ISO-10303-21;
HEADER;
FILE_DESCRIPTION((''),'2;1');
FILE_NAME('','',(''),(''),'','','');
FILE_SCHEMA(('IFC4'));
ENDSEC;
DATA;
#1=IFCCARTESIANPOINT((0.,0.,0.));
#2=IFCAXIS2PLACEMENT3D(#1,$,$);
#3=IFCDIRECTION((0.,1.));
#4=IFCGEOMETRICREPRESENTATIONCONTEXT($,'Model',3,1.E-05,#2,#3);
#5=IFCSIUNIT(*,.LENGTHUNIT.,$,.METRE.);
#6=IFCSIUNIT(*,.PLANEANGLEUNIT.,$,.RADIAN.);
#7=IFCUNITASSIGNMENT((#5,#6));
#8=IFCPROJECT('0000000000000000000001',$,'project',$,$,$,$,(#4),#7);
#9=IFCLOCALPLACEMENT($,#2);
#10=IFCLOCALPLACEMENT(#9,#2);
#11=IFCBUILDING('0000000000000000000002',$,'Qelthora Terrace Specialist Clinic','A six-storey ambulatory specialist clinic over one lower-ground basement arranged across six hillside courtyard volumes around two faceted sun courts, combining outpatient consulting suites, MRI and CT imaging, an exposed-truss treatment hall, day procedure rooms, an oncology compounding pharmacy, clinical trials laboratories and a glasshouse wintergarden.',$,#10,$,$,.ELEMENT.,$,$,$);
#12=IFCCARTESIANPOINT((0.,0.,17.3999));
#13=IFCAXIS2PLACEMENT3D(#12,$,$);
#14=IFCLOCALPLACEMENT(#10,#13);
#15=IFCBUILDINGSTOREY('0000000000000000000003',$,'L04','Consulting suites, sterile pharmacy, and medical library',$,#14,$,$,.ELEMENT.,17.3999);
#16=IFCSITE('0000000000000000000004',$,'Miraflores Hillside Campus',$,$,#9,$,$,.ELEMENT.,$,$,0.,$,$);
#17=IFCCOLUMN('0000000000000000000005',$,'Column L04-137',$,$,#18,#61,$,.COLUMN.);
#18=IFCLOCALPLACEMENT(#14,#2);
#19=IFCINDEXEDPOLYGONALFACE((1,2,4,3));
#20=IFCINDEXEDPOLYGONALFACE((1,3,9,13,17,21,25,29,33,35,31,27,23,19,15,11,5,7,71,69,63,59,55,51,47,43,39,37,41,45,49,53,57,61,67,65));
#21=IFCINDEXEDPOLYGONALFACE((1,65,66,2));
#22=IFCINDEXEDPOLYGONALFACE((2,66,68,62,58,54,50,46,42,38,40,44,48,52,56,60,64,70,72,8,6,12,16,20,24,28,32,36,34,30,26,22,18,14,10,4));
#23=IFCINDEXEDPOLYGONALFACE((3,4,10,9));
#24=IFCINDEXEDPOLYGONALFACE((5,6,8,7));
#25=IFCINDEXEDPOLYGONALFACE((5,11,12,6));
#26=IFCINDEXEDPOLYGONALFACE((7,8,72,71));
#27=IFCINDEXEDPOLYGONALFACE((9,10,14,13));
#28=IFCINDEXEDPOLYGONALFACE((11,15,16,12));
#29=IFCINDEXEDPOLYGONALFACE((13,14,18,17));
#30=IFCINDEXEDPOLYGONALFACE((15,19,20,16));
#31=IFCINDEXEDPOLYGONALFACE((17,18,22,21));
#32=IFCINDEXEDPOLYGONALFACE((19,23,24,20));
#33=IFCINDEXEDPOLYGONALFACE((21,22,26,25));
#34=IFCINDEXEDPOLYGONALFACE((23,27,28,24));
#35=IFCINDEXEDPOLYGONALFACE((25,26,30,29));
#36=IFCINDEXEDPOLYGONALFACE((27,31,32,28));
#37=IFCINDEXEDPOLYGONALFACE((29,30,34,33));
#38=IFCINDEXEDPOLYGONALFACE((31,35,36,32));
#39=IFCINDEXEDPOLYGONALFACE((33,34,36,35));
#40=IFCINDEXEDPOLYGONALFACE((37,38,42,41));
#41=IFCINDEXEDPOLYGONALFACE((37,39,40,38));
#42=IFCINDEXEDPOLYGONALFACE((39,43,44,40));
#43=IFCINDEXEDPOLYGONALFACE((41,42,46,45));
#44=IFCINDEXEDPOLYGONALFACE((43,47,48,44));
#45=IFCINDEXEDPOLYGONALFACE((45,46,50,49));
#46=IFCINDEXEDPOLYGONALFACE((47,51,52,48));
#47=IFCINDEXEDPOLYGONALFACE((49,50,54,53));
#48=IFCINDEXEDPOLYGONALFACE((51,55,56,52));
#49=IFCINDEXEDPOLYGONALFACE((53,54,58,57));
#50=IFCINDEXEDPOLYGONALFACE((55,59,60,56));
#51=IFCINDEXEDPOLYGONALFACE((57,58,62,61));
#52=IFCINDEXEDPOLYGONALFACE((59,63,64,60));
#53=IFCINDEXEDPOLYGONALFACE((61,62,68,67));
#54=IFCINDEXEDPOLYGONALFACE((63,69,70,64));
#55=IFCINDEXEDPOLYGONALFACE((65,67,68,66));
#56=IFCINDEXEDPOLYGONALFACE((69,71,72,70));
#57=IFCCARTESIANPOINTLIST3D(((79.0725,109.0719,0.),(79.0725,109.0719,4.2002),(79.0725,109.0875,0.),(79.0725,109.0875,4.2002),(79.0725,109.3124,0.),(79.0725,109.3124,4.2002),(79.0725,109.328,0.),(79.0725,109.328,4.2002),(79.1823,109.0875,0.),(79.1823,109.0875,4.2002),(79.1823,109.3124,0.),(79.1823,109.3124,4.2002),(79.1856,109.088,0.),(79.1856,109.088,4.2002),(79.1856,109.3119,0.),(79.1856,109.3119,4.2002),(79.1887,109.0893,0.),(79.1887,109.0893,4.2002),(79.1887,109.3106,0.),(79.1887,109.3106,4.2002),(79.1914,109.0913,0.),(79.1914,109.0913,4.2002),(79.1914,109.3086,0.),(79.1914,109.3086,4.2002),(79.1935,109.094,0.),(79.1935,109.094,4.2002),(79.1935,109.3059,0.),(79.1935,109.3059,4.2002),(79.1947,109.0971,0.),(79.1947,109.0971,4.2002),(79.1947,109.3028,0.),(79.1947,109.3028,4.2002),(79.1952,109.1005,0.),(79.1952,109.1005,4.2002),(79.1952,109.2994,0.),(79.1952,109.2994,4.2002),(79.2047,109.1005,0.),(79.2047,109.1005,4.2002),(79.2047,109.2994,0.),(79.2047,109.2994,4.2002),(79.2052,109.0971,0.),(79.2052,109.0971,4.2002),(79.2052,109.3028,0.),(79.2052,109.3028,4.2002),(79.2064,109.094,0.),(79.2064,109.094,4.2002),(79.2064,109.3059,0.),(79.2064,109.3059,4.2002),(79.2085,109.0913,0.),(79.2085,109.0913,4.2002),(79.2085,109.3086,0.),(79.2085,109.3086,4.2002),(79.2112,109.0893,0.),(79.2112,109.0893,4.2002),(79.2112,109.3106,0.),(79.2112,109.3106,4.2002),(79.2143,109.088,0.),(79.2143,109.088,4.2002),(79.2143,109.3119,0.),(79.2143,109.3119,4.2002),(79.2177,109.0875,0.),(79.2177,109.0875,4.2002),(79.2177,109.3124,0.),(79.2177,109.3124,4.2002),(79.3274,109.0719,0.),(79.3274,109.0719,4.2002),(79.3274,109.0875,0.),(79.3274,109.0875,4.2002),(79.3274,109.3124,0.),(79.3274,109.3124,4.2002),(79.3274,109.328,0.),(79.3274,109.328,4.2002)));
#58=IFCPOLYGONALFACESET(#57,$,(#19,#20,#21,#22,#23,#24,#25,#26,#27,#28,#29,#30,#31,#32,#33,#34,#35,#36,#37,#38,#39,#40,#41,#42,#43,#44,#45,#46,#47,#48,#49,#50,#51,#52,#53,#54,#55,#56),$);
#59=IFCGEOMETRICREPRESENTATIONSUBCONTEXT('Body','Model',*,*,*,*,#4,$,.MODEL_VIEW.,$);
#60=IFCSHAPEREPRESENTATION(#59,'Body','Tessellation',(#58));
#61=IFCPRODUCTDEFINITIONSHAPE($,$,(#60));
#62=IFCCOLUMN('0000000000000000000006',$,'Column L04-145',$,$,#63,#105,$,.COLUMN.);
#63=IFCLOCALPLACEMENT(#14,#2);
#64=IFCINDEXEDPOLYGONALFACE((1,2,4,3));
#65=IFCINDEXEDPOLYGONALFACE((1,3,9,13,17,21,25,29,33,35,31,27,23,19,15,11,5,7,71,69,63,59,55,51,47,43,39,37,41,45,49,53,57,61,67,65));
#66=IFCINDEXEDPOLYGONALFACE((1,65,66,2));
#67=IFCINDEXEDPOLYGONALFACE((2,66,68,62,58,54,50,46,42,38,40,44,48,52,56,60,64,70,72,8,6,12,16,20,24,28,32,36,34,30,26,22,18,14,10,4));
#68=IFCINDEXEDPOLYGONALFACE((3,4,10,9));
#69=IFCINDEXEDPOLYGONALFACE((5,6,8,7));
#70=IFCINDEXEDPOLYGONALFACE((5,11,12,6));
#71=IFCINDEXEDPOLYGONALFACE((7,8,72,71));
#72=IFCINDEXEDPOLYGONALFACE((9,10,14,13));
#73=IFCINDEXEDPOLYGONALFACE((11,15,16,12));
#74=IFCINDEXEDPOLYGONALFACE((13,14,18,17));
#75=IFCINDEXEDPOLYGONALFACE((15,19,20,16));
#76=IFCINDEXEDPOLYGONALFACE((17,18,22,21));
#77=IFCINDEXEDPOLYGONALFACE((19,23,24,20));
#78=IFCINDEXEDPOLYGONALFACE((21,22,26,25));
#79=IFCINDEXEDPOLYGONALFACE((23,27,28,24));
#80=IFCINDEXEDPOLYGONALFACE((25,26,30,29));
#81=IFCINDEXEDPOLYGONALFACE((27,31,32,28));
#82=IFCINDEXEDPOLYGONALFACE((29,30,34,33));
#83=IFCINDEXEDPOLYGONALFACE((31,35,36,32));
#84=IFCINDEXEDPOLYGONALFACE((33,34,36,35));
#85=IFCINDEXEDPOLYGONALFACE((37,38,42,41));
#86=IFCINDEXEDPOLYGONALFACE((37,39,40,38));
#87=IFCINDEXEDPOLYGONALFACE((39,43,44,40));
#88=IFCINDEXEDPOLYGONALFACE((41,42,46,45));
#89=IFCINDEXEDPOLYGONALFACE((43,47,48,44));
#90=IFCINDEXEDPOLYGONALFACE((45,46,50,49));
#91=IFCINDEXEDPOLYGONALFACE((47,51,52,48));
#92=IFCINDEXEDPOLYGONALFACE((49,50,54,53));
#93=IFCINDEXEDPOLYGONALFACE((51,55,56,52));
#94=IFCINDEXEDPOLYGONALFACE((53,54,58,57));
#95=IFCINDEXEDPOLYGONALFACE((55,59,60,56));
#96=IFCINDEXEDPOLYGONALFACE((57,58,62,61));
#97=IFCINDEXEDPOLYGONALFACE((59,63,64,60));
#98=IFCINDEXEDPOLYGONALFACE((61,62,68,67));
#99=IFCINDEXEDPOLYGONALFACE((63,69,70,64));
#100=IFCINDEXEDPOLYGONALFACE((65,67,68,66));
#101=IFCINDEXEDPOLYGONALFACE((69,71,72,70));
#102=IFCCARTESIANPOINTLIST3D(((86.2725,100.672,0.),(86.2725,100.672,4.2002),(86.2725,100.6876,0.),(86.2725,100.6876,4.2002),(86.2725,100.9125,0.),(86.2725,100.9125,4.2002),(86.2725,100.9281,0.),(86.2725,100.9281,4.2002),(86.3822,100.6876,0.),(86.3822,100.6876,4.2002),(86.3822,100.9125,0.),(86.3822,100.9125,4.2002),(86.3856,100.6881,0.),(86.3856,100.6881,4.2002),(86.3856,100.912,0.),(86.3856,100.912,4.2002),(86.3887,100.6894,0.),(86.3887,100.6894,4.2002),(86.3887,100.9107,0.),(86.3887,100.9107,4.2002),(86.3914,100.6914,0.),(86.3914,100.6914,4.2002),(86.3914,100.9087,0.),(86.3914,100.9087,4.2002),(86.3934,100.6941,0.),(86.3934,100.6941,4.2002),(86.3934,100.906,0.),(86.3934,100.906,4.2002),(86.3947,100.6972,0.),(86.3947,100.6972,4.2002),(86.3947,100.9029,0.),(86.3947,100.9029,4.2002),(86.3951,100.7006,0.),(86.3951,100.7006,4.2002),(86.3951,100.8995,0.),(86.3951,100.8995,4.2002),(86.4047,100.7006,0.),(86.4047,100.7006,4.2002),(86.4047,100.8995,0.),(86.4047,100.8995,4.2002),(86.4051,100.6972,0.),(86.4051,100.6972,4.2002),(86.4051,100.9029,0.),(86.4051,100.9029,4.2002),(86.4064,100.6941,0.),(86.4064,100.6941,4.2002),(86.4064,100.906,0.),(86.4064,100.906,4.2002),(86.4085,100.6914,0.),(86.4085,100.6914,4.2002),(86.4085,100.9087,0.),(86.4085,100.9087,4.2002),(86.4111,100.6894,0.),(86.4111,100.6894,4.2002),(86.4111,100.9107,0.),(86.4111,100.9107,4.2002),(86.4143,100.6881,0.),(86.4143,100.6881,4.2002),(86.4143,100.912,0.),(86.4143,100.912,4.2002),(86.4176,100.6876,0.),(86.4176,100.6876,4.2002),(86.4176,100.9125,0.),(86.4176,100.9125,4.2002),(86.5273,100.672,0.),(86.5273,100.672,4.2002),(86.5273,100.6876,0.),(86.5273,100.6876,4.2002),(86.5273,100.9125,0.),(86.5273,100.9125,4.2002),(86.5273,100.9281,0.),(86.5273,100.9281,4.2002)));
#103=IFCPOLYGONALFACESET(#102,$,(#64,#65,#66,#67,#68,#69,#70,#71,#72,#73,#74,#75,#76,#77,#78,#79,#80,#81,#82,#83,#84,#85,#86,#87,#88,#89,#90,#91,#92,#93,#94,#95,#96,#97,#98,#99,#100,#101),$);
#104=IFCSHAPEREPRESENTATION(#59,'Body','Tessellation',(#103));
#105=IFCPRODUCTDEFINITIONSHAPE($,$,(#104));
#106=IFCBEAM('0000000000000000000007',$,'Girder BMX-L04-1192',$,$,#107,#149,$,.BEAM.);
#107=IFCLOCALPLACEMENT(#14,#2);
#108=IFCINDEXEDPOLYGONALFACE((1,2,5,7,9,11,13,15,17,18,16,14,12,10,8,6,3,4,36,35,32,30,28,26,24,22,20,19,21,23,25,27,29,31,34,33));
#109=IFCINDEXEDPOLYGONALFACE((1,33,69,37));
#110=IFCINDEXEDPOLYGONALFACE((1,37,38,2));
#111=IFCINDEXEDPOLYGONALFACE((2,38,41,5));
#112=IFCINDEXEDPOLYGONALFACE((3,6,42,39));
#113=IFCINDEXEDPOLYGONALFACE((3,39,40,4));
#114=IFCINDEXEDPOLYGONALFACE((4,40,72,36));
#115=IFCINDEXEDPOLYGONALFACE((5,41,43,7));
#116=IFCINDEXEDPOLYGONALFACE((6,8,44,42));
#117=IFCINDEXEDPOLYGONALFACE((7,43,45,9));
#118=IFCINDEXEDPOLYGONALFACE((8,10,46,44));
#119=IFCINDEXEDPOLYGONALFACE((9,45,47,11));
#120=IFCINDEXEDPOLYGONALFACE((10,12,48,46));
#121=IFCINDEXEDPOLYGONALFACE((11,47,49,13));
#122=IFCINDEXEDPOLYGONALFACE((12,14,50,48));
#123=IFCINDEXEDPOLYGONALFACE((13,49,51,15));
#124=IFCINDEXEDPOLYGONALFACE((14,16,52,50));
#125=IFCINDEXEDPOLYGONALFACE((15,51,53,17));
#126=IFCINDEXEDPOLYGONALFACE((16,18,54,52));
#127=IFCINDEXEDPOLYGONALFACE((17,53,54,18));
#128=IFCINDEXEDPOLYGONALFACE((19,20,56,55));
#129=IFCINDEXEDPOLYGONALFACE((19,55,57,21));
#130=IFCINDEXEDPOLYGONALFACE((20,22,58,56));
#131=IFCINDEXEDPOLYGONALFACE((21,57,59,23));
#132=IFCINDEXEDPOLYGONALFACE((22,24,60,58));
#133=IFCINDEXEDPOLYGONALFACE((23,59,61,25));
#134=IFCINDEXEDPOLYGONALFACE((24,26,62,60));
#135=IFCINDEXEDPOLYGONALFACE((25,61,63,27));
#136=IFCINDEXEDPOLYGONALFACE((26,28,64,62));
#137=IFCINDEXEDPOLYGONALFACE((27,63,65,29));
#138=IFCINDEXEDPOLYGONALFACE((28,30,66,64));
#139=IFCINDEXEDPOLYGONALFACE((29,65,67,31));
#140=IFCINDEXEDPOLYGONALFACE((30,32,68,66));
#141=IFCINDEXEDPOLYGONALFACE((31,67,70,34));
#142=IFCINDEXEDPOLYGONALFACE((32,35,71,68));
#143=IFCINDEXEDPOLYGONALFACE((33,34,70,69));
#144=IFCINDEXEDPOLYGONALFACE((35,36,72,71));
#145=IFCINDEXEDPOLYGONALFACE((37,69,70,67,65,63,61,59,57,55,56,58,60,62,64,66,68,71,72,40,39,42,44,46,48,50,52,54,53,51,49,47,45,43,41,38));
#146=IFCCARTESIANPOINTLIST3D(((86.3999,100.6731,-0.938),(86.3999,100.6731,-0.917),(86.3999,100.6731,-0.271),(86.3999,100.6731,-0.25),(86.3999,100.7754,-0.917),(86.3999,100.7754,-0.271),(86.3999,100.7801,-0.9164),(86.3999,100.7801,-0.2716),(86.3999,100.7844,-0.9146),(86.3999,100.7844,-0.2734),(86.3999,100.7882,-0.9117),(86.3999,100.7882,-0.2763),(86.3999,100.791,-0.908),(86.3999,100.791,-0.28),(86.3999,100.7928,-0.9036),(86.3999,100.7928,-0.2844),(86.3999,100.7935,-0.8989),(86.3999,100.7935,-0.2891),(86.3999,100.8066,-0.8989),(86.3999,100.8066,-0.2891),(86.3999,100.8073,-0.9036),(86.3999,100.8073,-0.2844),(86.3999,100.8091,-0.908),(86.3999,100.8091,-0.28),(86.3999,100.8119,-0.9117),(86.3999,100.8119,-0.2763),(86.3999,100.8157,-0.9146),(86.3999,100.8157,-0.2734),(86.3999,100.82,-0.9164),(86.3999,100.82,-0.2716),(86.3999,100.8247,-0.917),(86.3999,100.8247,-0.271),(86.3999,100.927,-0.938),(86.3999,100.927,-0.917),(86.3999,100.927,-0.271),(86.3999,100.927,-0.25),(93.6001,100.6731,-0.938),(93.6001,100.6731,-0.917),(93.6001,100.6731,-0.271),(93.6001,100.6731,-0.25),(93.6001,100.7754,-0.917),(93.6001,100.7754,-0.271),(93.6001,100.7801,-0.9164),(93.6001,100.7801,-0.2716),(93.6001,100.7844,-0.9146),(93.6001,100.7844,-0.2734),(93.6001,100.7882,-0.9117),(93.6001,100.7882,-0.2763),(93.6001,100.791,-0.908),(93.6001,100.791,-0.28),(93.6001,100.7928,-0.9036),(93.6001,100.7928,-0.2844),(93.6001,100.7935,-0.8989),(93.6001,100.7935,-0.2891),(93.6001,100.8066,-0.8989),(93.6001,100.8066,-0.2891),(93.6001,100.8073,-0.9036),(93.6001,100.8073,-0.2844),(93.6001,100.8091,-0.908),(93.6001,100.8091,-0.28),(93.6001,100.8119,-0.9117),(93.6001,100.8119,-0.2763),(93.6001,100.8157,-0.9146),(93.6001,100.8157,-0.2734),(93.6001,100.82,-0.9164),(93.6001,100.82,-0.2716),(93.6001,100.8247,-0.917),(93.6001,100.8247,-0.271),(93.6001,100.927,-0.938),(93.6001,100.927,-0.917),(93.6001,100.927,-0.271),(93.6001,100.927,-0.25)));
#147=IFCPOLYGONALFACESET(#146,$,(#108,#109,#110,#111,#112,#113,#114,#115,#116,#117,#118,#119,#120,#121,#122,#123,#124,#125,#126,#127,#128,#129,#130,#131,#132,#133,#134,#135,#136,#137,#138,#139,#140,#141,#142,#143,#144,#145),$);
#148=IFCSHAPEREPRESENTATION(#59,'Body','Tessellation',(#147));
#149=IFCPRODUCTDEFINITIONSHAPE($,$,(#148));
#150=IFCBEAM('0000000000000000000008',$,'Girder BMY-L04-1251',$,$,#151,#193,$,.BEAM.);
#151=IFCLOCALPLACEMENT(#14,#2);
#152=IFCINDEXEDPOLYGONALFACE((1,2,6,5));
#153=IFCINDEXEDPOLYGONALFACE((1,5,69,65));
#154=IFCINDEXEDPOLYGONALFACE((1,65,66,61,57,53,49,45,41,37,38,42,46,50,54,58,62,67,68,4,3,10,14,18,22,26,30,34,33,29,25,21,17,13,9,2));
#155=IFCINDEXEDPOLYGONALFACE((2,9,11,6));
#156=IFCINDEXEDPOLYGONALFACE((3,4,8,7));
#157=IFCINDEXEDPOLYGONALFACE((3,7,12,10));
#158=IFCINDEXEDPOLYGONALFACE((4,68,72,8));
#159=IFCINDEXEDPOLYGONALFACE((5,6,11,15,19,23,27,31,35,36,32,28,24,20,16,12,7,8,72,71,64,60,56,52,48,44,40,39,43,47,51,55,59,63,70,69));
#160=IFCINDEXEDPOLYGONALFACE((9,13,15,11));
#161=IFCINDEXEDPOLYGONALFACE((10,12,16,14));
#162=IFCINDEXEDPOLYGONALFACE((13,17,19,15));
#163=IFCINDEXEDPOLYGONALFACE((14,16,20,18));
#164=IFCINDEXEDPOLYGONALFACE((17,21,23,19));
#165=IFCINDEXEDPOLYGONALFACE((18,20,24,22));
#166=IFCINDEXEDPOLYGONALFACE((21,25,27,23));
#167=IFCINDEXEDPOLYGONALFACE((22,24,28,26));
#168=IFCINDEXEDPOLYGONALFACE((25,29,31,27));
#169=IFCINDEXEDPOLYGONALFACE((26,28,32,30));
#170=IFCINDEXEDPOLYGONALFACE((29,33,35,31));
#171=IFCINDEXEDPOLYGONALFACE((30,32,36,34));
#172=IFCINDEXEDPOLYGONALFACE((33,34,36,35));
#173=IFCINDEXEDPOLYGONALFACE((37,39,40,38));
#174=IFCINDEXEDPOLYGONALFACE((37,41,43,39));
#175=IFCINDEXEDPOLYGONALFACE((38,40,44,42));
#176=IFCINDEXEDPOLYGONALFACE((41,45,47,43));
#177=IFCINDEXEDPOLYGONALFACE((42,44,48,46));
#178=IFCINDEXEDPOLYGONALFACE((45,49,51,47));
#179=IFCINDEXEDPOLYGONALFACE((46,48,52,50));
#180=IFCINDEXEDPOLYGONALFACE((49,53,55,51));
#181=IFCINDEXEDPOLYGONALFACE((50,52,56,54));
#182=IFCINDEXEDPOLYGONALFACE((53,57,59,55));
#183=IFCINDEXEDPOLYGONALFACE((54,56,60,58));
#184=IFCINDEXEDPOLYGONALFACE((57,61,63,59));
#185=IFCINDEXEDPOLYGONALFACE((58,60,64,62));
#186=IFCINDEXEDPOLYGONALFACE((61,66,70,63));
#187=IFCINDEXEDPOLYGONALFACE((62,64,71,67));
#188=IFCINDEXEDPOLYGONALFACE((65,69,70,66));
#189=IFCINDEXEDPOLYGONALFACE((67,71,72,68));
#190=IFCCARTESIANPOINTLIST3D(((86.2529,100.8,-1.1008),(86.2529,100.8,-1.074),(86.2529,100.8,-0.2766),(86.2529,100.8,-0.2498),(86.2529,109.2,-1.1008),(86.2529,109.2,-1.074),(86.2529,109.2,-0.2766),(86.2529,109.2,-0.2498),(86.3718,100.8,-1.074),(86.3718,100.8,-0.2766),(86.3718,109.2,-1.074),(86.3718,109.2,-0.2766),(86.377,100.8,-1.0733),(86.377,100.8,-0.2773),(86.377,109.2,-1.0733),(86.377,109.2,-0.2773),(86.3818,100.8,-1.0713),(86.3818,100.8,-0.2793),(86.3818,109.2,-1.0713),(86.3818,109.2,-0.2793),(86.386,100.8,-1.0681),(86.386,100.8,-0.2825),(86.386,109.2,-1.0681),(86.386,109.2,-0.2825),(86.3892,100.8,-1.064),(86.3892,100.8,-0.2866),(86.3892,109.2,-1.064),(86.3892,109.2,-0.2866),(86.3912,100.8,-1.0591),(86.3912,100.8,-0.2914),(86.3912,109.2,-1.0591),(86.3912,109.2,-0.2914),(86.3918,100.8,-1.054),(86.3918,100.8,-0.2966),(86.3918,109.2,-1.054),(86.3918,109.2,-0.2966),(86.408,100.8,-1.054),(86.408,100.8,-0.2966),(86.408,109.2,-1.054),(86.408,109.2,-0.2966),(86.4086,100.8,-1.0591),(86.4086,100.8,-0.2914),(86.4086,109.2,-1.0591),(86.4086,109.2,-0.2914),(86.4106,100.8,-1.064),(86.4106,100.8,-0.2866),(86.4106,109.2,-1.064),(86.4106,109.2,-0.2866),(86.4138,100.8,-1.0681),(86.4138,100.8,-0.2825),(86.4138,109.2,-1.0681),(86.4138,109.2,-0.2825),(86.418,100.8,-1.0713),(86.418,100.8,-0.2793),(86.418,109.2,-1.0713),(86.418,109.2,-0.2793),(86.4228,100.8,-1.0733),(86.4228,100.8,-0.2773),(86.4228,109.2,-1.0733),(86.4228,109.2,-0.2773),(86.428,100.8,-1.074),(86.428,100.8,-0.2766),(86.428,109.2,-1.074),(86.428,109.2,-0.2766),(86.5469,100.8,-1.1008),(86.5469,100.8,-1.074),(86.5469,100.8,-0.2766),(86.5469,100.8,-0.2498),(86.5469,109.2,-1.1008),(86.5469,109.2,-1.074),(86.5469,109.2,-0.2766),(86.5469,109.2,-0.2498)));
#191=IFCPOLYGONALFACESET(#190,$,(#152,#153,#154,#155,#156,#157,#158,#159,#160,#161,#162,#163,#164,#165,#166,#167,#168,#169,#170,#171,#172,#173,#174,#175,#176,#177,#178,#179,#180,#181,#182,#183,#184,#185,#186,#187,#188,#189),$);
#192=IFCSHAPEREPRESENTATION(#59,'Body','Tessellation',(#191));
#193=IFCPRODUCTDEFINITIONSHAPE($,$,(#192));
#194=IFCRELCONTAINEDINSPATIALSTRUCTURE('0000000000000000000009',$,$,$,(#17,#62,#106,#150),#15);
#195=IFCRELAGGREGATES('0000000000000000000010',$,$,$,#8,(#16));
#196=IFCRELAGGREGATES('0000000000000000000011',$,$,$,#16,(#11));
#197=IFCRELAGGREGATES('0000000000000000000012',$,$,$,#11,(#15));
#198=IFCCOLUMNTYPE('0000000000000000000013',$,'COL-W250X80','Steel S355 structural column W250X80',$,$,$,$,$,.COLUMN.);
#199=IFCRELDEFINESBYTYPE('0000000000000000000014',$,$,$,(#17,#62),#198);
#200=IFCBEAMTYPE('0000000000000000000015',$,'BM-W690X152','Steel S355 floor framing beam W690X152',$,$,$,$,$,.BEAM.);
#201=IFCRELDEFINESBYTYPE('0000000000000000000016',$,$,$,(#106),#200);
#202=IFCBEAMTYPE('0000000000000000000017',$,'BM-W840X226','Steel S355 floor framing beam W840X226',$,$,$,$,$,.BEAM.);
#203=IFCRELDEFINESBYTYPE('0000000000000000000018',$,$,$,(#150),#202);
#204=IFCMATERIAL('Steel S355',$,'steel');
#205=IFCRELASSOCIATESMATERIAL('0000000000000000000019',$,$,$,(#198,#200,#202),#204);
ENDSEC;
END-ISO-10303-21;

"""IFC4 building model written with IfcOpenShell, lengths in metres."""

from ifc_helpers import new_model, si_unit, direction, frame, origin, origin_2d, place, context, subcontext, project, spatial, i_section, extrude, material, material_profile, profile_set, type_object, element, save


model = new_model("IFC4")

# Units and contexts
model_context = context("Model", 3, precision=1e-05, world=origin(), true_north=direction((0.0, 1.0)))
body_context = subcontext(model_context, "Body", "Model", "MODEL_VIEW")
ifc_project = project(units=[si_unit("LENGTHUNIT", "METRE"), si_unit("PLANEANGLEUNIT", "RADIAN")], contexts=[model_context])

# Site, building, storey
site_placement = place(None, origin())
site = spatial("IfcSite", under=ifc_project, at=site_placement, Name="Miraflores Hillside Campus", CompositionType="ELEMENT", RefElevation=0.0)
building_placement = place(site_placement, origin())
building = spatial("IfcBuilding", under=site, at=building_placement, Name="Qelthora Terrace Specialist Clinic", Description="A six-storey ambulatory specialist clinic over one lower-ground basement arranged across six hillside courtyard volumes around two faceted sun courts, combining outpatient consulting suites, MRI and CT imaging, an exposed-truss treatment hall, day procedure rooms, an oncology compounding pharmacy, clinical trials laboratories and a glasshouse wintergarden.", CompositionType="ELEMENT")
storey_placement = place(building_placement, frame((0.0, 0.0, 17.3999)))
storey = spatial("IfcBuildingStorey", under=building, at=storey_placement, Name="L04", Description="Consulting suites, sterile pharmacy, and medical library", CompositionType="ELEMENT", Elevation=17.3999)

# Columns
ifc_material_1 = material(Name="Steel S355", Category="steel")
ifc_material_profile_1 = material_profile(ifc_material_1, i_section(OverallWidth=0.2549, OverallDepth=0.2561, WebThickness=0.0095, FlangeThickness=0.0156, FilletRadius=0.0129, at=origin_2d()), Name="W250X80")
ifc_profile_set_1 = profile_set([ifc_material_profile_1], Name="Steel S355")
column_type = type_object("IfcColumnType", Name="COL-W250X80", Description="Steel S355 structural column W250X80", PredefinedType="COLUMN", material=ifc_profile_set_1)
for number, where, z_axis, x_axis, name in (
    (1, (79.2, 109.2, 0.0), (0.0, 0.0, 1.0), (1.0, 0.0, 0.0), "Column L04-137"),
    (2, (86.3999, 100.8, 0.0), (0.0, 0.0, 1.0), (1.0, 0.0, 0.0), "Column L04-145"),
):
    element("IfcColumn", number, at=place(storey_placement, frame(where, z_axis=z_axis, x_axis=x_axis)), inside=storey, type_object=column_type, Name=name, PredefinedType="COLUMN", context=body_context, shape_type="SweptSolid", body=[
        extrude(i_section(OverallWidth=0.2549, OverallDepth=0.2561, WebThickness=0.0095, FlangeThickness=0.0156, FilletRadius=0.0129, at=origin_2d()), origin(), (0.0, 0.0, 1.0), 4.2002),
    ])

# Beams
ifc_material_profile_2 = material_profile(ifc_material_1, i_section(OverallWidth=0.2539, OverallDepth=0.688, WebThickness=0.0132, FlangeThickness=0.021, FilletRadius=0.0181, at=origin_2d()), Name="W690X152")
ifc_profile_set_2 = profile_set([ifc_material_profile_2], Name="Steel S355")
beam_type_1 = type_object("IfcBeamType", Name="BM-W690X152", Description="Steel S355 floor framing beam W690X152", PredefinedType="BEAM", material=ifc_profile_set_2)
beam_1_placement = place(storey_placement, frame((86.3999, 100.8, -0.594), z_axis=(1.0, 0.0, 0.0), x_axis=(0.0, 1.0, 0.0)))
element("IfcBeam", 3, at=beam_1_placement, inside=storey, type_object=beam_type_1, Name="Girder BMX-L04-1192", PredefinedType="BEAM", context=body_context, shape_type="SweptSolid", body=[
    extrude(i_section(OverallWidth=0.2539, OverallDepth=0.688, WebThickness=0.0132, FlangeThickness=0.021, FilletRadius=0.0181, at=origin_2d()), origin(), (0.0, 0.0, 1.0), 7.2002),
])
ifc_material_profile_3 = material_profile(ifc_material_1, i_section(OverallWidth=0.2939, OverallDepth=0.8511, WebThickness=0.0161, FlangeThickness=0.0269, FilletRadius=0.02, at=origin_2d()), Name="W840X226")
ifc_profile_set_3 = profile_set([ifc_material_profile_3], Name="Steel S355")
beam_type_2 = type_object("IfcBeamType", Name="BM-W840X226", Description="Steel S355 floor framing beam W840X226", PredefinedType="BEAM", material=ifc_profile_set_3)
beam_2_placement = place(storey_placement, frame((86.3999, 100.8, -0.6753), z_axis=(0.0, 1.0, 0.0), x_axis=(-1.0, 0.0, 0.0)))
element("IfcBeam", 4, at=beam_2_placement, inside=storey, type_object=beam_type_2, Name="Girder BMY-L04-1251", PredefinedType="BEAM", context=body_context, shape_type="SweptSolid", body=[
    extrude(i_section(OverallWidth=0.2939, OverallDepth=0.8511, WebThickness=0.0161, FlangeThickness=0.0269, FilletRadius=0.02, at=origin_2d()), origin(), (0.0, 0.0, 1.0), 8.3999),
])

save(model, "model.ifc")
